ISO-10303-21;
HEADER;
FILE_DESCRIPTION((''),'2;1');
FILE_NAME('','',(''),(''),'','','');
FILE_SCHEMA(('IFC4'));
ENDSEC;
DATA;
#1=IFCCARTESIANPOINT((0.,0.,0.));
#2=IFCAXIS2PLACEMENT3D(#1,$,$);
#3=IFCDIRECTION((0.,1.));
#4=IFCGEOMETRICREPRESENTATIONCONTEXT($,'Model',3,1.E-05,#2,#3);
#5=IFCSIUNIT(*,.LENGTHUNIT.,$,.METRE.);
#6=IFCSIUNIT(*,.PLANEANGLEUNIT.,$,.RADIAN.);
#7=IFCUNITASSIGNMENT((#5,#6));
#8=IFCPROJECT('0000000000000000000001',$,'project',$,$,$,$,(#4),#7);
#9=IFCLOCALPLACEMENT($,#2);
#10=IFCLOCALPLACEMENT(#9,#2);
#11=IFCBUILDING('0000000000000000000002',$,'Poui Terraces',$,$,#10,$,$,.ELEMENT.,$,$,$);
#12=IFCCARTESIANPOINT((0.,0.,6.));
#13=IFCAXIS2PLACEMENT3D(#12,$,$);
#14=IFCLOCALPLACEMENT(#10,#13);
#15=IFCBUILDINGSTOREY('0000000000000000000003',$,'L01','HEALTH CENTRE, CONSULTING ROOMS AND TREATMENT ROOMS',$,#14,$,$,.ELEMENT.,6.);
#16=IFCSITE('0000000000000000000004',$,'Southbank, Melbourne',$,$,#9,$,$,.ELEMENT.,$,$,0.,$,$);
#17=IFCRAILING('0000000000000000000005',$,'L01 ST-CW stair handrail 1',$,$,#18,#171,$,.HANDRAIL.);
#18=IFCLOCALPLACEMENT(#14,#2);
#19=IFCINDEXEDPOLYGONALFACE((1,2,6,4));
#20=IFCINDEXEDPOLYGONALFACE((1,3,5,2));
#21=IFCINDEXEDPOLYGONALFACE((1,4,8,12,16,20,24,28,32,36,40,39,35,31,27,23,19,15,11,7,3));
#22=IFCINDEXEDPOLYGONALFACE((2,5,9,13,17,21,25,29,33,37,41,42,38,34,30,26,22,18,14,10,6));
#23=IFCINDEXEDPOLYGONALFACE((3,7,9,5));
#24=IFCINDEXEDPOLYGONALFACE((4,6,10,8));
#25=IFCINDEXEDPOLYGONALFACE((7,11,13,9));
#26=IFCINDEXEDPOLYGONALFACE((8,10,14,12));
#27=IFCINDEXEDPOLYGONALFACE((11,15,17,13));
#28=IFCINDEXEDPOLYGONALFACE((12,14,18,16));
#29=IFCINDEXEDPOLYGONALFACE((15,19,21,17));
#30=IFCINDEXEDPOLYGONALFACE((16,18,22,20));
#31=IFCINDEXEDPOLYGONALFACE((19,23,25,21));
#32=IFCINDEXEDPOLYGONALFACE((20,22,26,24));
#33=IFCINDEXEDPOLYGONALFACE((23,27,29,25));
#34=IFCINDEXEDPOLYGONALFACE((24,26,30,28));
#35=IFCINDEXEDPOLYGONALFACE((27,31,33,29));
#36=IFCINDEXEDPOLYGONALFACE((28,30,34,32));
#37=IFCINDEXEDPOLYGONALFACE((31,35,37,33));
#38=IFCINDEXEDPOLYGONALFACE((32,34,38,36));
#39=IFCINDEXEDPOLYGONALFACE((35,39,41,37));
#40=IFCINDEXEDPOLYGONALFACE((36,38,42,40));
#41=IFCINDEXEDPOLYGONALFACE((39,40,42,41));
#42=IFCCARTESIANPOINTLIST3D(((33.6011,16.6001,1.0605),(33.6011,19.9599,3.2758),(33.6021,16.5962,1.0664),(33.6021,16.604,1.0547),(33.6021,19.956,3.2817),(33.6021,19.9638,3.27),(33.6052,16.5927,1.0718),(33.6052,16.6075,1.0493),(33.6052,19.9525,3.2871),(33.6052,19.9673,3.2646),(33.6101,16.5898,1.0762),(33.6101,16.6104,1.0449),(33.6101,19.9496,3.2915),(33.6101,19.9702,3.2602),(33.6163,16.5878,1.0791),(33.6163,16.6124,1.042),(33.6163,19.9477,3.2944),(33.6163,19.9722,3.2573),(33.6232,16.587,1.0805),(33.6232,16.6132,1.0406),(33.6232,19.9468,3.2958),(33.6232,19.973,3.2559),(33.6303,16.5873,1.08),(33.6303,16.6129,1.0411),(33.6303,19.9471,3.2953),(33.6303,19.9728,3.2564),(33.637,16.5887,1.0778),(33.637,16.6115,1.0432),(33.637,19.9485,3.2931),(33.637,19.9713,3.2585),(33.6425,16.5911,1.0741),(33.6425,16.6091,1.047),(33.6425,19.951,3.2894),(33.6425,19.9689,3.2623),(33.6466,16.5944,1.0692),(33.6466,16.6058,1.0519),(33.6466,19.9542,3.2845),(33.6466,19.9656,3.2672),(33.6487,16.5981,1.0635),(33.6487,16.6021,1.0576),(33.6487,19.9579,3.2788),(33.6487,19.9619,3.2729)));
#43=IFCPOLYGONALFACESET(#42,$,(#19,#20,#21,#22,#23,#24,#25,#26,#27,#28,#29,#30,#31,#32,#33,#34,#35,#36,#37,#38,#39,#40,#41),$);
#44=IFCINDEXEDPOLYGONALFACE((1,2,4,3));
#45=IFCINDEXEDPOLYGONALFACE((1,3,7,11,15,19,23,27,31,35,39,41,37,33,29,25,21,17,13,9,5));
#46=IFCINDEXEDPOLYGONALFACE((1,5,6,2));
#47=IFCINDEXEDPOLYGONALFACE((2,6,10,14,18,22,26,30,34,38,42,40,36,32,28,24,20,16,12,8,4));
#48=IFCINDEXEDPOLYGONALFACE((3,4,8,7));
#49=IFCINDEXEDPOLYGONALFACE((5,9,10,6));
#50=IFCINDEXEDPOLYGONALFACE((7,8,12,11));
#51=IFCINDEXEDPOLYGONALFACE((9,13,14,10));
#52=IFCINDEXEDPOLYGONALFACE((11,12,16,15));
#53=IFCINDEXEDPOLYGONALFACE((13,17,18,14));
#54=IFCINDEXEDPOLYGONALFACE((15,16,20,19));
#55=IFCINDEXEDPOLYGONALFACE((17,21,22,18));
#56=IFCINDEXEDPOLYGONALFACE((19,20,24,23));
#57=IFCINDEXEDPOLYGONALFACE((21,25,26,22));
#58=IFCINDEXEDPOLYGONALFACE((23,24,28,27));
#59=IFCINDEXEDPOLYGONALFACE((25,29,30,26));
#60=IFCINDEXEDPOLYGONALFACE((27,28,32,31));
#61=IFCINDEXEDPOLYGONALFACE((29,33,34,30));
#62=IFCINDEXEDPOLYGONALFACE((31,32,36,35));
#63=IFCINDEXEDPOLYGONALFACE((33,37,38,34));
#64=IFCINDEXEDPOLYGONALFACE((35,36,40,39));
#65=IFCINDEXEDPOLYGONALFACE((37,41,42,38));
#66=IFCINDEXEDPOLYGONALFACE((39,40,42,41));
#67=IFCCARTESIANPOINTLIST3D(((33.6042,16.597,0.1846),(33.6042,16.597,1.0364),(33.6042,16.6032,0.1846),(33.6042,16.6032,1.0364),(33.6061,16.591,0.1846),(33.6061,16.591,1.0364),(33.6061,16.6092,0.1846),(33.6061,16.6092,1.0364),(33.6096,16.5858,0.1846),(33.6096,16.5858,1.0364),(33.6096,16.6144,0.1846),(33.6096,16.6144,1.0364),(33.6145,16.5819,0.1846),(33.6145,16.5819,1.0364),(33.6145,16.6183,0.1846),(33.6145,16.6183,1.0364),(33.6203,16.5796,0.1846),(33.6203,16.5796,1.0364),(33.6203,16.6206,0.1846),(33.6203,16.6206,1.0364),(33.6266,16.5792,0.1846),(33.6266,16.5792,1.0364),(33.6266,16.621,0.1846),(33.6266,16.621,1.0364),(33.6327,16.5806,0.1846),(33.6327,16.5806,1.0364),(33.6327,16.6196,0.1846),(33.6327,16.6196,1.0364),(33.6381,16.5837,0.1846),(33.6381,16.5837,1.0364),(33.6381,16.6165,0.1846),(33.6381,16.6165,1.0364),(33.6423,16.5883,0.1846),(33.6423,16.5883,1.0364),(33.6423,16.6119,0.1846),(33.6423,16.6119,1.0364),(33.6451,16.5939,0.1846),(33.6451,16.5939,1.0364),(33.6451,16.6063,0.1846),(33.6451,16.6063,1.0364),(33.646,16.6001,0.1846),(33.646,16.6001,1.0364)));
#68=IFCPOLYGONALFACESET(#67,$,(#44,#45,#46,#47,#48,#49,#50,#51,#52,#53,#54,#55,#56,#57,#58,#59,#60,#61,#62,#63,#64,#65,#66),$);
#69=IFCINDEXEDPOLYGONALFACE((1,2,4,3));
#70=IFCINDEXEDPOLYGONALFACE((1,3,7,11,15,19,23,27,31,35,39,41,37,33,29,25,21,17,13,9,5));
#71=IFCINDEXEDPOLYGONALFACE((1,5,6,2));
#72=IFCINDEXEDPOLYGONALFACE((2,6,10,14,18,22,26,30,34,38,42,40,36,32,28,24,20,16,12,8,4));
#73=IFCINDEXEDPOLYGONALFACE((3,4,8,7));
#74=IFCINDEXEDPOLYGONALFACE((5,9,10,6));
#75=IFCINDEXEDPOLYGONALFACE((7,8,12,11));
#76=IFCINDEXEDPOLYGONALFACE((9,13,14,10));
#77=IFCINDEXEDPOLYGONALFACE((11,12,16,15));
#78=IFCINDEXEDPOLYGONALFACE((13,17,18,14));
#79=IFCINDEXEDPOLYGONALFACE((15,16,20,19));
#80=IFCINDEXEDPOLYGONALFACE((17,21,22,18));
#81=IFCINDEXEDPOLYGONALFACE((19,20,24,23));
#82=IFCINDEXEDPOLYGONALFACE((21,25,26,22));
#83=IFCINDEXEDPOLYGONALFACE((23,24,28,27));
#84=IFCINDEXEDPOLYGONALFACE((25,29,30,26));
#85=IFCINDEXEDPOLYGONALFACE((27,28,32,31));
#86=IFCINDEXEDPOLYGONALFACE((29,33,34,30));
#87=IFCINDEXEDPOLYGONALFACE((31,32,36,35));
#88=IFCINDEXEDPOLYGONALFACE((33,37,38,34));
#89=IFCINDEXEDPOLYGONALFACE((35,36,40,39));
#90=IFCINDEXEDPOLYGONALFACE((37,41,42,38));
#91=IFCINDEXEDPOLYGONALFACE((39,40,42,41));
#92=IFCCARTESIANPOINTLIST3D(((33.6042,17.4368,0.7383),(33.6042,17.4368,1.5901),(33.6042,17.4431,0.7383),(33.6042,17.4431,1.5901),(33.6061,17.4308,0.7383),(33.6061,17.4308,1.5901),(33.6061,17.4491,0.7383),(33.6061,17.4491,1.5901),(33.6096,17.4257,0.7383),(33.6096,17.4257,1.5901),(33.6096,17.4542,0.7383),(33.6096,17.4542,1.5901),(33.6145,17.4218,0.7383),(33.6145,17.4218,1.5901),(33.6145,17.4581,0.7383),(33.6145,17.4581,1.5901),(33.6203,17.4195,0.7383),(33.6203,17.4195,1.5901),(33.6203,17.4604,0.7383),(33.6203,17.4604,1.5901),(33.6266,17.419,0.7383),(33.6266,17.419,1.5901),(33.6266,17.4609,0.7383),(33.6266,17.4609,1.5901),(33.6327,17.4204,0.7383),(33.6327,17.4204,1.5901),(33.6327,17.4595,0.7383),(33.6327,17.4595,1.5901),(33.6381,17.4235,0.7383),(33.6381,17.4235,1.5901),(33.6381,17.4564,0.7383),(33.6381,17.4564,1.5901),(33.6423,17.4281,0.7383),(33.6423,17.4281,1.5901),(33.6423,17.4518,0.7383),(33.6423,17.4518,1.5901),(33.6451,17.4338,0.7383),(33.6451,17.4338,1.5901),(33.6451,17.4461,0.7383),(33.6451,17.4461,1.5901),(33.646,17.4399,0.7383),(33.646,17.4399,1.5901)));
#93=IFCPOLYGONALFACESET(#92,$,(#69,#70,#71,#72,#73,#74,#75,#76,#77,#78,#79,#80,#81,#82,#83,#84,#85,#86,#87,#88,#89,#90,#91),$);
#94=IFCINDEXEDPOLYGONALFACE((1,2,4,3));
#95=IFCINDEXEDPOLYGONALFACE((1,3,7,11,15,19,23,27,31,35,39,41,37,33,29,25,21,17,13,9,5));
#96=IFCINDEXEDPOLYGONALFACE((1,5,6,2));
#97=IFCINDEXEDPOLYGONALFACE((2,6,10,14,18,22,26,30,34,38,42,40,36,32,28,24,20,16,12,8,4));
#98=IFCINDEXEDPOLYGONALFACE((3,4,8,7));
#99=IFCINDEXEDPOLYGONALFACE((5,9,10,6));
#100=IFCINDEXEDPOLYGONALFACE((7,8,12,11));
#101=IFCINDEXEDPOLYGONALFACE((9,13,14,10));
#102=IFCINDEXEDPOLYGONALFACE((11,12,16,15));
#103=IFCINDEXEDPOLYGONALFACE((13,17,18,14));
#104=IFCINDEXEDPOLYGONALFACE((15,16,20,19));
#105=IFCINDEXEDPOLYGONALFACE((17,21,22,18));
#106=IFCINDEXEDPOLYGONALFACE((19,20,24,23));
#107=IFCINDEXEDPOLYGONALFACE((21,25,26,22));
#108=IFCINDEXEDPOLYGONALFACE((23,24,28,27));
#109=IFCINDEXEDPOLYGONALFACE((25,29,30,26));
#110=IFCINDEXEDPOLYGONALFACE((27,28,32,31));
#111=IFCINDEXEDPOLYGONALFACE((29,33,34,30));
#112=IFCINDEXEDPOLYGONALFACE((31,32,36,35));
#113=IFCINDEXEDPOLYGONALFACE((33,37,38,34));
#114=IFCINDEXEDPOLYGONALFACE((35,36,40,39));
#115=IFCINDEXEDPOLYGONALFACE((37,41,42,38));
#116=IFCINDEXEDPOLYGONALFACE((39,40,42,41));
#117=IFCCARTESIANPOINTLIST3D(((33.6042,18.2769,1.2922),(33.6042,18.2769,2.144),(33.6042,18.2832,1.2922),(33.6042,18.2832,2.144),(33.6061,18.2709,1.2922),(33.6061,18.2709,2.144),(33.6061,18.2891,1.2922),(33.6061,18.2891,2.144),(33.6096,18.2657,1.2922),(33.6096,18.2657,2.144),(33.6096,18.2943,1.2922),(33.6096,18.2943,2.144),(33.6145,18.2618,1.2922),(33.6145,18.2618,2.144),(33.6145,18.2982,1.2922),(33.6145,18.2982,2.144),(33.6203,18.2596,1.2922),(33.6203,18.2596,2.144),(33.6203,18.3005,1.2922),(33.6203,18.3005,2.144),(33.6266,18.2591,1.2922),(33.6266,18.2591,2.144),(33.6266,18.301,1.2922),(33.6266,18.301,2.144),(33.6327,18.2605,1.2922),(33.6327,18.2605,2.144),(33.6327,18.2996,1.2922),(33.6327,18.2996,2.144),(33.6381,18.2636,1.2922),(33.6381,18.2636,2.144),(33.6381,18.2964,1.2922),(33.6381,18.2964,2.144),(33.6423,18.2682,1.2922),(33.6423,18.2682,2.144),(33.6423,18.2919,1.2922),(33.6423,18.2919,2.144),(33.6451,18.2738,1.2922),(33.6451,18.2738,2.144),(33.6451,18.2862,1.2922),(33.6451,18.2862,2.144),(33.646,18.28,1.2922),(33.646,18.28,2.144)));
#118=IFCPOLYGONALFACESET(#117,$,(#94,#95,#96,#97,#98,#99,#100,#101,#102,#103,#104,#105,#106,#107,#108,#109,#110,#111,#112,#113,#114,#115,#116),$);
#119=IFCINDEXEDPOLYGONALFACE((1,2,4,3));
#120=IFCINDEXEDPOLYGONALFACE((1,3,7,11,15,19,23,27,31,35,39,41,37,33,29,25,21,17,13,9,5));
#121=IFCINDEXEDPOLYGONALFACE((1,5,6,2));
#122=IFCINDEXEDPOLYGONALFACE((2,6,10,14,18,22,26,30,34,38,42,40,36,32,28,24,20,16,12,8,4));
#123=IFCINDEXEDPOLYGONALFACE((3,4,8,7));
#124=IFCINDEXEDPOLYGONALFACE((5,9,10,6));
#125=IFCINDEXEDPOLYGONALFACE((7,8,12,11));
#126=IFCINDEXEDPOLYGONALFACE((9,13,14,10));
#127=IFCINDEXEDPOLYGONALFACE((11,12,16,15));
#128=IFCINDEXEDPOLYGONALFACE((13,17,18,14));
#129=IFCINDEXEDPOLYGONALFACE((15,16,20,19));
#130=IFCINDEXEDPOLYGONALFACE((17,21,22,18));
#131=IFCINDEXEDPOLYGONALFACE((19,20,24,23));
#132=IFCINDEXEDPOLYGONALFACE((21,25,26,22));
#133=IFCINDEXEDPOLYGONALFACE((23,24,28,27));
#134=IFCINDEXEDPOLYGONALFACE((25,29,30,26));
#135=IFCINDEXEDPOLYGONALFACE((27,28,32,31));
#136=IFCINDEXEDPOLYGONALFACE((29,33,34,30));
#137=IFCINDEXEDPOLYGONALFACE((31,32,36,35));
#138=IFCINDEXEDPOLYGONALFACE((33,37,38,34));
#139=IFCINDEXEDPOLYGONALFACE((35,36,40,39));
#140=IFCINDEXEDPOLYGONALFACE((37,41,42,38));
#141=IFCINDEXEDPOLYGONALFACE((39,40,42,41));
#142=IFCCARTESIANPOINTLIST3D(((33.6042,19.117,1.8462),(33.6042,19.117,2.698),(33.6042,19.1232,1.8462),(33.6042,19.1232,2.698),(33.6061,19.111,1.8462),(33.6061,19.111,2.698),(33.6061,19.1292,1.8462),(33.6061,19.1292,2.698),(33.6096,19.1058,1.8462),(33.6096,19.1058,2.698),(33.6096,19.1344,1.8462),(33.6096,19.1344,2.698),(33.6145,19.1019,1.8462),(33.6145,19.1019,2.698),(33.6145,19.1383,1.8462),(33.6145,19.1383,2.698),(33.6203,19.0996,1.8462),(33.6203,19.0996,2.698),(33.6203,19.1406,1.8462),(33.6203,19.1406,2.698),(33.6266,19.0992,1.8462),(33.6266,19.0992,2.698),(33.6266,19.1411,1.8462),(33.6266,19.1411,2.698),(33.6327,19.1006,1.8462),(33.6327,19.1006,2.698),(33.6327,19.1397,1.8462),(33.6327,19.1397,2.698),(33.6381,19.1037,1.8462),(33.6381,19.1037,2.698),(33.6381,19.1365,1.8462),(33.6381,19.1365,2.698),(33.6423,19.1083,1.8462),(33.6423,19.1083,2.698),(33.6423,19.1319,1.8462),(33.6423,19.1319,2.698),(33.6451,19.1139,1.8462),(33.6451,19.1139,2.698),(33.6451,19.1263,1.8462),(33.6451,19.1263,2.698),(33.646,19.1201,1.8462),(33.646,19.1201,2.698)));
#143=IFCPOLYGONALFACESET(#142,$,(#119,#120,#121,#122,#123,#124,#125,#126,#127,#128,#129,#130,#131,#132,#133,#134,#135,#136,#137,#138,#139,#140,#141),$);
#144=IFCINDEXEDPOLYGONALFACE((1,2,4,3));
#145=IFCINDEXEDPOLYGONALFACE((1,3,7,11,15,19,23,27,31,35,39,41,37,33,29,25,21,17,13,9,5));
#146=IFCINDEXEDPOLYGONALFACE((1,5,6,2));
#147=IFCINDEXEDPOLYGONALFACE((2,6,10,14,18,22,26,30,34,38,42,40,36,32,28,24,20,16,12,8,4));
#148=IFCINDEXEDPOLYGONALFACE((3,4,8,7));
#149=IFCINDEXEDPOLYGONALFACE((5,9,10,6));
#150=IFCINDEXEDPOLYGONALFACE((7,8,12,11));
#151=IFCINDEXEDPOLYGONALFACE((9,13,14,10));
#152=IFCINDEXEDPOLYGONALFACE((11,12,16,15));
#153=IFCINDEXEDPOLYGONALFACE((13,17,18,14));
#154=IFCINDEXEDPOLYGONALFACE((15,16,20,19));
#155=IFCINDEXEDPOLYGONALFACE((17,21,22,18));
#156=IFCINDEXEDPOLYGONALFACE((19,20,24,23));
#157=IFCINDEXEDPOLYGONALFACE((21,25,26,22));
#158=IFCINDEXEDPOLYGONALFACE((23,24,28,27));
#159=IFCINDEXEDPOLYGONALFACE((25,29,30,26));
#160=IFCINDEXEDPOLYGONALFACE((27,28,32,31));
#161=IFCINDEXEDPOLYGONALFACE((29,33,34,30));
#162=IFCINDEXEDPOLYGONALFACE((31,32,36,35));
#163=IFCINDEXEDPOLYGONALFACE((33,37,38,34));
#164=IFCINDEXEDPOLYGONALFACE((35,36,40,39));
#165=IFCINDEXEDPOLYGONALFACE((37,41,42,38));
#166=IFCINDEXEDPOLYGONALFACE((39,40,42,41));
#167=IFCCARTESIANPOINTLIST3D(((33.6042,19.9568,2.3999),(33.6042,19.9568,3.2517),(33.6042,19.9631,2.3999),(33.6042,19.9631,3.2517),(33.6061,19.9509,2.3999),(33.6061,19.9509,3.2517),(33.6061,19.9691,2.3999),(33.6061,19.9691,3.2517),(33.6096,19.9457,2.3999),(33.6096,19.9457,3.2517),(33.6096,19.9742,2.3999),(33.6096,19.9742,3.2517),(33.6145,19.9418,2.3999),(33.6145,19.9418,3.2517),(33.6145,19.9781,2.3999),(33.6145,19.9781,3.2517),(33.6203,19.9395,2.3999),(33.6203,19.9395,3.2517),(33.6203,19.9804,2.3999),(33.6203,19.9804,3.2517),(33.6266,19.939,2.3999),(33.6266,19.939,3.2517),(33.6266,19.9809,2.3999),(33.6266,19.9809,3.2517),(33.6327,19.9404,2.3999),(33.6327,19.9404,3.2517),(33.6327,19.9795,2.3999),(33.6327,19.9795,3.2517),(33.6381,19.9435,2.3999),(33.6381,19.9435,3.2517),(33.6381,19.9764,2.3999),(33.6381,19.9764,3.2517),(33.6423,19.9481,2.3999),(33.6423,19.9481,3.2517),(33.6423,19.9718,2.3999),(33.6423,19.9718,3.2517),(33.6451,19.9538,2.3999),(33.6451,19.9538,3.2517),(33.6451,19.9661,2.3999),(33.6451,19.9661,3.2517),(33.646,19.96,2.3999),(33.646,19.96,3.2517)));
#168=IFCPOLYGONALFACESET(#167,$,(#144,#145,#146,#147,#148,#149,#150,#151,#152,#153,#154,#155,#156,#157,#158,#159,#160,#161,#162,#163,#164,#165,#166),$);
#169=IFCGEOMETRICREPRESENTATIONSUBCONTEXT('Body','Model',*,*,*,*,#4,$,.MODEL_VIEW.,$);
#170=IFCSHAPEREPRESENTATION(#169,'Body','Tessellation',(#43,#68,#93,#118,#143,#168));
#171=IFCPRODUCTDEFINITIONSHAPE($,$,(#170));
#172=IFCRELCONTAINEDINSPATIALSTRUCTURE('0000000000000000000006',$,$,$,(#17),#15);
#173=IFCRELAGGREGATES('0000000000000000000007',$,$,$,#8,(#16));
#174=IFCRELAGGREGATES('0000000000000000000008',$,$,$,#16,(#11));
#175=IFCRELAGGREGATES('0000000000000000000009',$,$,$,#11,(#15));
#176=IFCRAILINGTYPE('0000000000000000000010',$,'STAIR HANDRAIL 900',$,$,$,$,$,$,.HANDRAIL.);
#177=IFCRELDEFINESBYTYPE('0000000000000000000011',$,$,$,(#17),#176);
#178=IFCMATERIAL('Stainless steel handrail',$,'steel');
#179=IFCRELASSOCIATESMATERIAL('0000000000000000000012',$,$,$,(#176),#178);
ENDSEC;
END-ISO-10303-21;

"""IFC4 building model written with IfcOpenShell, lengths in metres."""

from ifc_helpers import new_model, si_unit, direction, frame, origin, origin_2d, place, context, subcontext, project, spatial, circle, extrude, material, type_object, element, save


model = new_model("IFC4")

# Units and contexts
model_context = context("Model", 3, precision=1e-05, world=origin(), true_north=direction((0.0, 1.0)))
body_context = subcontext(model_context, "Body", "Model", "MODEL_VIEW")
ifc_project = project(units=[si_unit("LENGTHUNIT", "METRE"), si_unit("PLANEANGLEUNIT", "RADIAN")], contexts=[model_context])

# Site, building, storey
site_placement = place(None, origin())
site = spatial("IfcSite", under=ifc_project, at=site_placement, Name="Southbank, Melbourne", CompositionType="ELEMENT", RefElevation=0.0)
building_placement = place(site_placement, origin())
building = spatial("IfcBuilding", under=site, at=building_placement, Name="Poui Terraces", CompositionType="ELEMENT")
storey_placement = place(building_placement, frame((0.0, 0.0, 6.0)))
storey = spatial("IfcBuildingStorey", under=building, at=storey_placement, Name="L01", Description="HEALTH CENTRE, CONSULTING ROOMS AND TREATMENT ROOMS", CompositionType="ELEMENT", Elevation=6.0)

# Railing
ifc_material_1 = material(Name="Stainless steel handrail", Category="steel")
railing_type_1 = type_object("IfcRailingType", Name="STAIR HANDRAIL 900", PredefinedType="HANDRAIL", material=ifc_material_1)
railing_1_placement = place(storey_placement, frame((33.625, 16.6001, 0.1846)))
element("IfcRailing", 1, at=railing_1_placement, inside=storey, type_object=railing_type_1, Name="L01 ST-CW stair handrail 1", PredefinedType="HANDRAIL", context=body_context, shape_type="SweptSolid", body=[
    extrude(circle(Radius=0.0239, at=origin_2d()), frame((0.0, 0.0, 0.876), z_axis=(0.0, 0.834858, 0.550465), x_axis=(-1.0, 0.0, 0.0)), (0.0, 0.0, 1.0), 4.0244),
    extrude(circle(Radius=0.021, at=origin_2d()), origin(), (0.0, 0.0, 1.0), 0.8518),
    extrude(circle(Radius=0.021, at=origin_2d()), frame((0.0, 0.8398, 0.5537)), (0.0, 0.0, 1.0), 0.8518),
    extrude(circle(Radius=0.021, at=origin_2d()), frame((0.0, 1.6799, 1.1077)), (0.0, 0.0, 1.0), 0.8518),
    extrude(circle(Radius=0.021, at=origin_2d()), frame((0.0, 2.52, 1.6616)), (0.0, 0.0, 1.0), 0.8518),
    extrude(circle(Radius=0.021, at=origin_2d()), frame((0.0, 3.3599, 2.2153)), (0.0, 0.0, 1.0), 0.8518),
])

save(model, "model.ifc")
